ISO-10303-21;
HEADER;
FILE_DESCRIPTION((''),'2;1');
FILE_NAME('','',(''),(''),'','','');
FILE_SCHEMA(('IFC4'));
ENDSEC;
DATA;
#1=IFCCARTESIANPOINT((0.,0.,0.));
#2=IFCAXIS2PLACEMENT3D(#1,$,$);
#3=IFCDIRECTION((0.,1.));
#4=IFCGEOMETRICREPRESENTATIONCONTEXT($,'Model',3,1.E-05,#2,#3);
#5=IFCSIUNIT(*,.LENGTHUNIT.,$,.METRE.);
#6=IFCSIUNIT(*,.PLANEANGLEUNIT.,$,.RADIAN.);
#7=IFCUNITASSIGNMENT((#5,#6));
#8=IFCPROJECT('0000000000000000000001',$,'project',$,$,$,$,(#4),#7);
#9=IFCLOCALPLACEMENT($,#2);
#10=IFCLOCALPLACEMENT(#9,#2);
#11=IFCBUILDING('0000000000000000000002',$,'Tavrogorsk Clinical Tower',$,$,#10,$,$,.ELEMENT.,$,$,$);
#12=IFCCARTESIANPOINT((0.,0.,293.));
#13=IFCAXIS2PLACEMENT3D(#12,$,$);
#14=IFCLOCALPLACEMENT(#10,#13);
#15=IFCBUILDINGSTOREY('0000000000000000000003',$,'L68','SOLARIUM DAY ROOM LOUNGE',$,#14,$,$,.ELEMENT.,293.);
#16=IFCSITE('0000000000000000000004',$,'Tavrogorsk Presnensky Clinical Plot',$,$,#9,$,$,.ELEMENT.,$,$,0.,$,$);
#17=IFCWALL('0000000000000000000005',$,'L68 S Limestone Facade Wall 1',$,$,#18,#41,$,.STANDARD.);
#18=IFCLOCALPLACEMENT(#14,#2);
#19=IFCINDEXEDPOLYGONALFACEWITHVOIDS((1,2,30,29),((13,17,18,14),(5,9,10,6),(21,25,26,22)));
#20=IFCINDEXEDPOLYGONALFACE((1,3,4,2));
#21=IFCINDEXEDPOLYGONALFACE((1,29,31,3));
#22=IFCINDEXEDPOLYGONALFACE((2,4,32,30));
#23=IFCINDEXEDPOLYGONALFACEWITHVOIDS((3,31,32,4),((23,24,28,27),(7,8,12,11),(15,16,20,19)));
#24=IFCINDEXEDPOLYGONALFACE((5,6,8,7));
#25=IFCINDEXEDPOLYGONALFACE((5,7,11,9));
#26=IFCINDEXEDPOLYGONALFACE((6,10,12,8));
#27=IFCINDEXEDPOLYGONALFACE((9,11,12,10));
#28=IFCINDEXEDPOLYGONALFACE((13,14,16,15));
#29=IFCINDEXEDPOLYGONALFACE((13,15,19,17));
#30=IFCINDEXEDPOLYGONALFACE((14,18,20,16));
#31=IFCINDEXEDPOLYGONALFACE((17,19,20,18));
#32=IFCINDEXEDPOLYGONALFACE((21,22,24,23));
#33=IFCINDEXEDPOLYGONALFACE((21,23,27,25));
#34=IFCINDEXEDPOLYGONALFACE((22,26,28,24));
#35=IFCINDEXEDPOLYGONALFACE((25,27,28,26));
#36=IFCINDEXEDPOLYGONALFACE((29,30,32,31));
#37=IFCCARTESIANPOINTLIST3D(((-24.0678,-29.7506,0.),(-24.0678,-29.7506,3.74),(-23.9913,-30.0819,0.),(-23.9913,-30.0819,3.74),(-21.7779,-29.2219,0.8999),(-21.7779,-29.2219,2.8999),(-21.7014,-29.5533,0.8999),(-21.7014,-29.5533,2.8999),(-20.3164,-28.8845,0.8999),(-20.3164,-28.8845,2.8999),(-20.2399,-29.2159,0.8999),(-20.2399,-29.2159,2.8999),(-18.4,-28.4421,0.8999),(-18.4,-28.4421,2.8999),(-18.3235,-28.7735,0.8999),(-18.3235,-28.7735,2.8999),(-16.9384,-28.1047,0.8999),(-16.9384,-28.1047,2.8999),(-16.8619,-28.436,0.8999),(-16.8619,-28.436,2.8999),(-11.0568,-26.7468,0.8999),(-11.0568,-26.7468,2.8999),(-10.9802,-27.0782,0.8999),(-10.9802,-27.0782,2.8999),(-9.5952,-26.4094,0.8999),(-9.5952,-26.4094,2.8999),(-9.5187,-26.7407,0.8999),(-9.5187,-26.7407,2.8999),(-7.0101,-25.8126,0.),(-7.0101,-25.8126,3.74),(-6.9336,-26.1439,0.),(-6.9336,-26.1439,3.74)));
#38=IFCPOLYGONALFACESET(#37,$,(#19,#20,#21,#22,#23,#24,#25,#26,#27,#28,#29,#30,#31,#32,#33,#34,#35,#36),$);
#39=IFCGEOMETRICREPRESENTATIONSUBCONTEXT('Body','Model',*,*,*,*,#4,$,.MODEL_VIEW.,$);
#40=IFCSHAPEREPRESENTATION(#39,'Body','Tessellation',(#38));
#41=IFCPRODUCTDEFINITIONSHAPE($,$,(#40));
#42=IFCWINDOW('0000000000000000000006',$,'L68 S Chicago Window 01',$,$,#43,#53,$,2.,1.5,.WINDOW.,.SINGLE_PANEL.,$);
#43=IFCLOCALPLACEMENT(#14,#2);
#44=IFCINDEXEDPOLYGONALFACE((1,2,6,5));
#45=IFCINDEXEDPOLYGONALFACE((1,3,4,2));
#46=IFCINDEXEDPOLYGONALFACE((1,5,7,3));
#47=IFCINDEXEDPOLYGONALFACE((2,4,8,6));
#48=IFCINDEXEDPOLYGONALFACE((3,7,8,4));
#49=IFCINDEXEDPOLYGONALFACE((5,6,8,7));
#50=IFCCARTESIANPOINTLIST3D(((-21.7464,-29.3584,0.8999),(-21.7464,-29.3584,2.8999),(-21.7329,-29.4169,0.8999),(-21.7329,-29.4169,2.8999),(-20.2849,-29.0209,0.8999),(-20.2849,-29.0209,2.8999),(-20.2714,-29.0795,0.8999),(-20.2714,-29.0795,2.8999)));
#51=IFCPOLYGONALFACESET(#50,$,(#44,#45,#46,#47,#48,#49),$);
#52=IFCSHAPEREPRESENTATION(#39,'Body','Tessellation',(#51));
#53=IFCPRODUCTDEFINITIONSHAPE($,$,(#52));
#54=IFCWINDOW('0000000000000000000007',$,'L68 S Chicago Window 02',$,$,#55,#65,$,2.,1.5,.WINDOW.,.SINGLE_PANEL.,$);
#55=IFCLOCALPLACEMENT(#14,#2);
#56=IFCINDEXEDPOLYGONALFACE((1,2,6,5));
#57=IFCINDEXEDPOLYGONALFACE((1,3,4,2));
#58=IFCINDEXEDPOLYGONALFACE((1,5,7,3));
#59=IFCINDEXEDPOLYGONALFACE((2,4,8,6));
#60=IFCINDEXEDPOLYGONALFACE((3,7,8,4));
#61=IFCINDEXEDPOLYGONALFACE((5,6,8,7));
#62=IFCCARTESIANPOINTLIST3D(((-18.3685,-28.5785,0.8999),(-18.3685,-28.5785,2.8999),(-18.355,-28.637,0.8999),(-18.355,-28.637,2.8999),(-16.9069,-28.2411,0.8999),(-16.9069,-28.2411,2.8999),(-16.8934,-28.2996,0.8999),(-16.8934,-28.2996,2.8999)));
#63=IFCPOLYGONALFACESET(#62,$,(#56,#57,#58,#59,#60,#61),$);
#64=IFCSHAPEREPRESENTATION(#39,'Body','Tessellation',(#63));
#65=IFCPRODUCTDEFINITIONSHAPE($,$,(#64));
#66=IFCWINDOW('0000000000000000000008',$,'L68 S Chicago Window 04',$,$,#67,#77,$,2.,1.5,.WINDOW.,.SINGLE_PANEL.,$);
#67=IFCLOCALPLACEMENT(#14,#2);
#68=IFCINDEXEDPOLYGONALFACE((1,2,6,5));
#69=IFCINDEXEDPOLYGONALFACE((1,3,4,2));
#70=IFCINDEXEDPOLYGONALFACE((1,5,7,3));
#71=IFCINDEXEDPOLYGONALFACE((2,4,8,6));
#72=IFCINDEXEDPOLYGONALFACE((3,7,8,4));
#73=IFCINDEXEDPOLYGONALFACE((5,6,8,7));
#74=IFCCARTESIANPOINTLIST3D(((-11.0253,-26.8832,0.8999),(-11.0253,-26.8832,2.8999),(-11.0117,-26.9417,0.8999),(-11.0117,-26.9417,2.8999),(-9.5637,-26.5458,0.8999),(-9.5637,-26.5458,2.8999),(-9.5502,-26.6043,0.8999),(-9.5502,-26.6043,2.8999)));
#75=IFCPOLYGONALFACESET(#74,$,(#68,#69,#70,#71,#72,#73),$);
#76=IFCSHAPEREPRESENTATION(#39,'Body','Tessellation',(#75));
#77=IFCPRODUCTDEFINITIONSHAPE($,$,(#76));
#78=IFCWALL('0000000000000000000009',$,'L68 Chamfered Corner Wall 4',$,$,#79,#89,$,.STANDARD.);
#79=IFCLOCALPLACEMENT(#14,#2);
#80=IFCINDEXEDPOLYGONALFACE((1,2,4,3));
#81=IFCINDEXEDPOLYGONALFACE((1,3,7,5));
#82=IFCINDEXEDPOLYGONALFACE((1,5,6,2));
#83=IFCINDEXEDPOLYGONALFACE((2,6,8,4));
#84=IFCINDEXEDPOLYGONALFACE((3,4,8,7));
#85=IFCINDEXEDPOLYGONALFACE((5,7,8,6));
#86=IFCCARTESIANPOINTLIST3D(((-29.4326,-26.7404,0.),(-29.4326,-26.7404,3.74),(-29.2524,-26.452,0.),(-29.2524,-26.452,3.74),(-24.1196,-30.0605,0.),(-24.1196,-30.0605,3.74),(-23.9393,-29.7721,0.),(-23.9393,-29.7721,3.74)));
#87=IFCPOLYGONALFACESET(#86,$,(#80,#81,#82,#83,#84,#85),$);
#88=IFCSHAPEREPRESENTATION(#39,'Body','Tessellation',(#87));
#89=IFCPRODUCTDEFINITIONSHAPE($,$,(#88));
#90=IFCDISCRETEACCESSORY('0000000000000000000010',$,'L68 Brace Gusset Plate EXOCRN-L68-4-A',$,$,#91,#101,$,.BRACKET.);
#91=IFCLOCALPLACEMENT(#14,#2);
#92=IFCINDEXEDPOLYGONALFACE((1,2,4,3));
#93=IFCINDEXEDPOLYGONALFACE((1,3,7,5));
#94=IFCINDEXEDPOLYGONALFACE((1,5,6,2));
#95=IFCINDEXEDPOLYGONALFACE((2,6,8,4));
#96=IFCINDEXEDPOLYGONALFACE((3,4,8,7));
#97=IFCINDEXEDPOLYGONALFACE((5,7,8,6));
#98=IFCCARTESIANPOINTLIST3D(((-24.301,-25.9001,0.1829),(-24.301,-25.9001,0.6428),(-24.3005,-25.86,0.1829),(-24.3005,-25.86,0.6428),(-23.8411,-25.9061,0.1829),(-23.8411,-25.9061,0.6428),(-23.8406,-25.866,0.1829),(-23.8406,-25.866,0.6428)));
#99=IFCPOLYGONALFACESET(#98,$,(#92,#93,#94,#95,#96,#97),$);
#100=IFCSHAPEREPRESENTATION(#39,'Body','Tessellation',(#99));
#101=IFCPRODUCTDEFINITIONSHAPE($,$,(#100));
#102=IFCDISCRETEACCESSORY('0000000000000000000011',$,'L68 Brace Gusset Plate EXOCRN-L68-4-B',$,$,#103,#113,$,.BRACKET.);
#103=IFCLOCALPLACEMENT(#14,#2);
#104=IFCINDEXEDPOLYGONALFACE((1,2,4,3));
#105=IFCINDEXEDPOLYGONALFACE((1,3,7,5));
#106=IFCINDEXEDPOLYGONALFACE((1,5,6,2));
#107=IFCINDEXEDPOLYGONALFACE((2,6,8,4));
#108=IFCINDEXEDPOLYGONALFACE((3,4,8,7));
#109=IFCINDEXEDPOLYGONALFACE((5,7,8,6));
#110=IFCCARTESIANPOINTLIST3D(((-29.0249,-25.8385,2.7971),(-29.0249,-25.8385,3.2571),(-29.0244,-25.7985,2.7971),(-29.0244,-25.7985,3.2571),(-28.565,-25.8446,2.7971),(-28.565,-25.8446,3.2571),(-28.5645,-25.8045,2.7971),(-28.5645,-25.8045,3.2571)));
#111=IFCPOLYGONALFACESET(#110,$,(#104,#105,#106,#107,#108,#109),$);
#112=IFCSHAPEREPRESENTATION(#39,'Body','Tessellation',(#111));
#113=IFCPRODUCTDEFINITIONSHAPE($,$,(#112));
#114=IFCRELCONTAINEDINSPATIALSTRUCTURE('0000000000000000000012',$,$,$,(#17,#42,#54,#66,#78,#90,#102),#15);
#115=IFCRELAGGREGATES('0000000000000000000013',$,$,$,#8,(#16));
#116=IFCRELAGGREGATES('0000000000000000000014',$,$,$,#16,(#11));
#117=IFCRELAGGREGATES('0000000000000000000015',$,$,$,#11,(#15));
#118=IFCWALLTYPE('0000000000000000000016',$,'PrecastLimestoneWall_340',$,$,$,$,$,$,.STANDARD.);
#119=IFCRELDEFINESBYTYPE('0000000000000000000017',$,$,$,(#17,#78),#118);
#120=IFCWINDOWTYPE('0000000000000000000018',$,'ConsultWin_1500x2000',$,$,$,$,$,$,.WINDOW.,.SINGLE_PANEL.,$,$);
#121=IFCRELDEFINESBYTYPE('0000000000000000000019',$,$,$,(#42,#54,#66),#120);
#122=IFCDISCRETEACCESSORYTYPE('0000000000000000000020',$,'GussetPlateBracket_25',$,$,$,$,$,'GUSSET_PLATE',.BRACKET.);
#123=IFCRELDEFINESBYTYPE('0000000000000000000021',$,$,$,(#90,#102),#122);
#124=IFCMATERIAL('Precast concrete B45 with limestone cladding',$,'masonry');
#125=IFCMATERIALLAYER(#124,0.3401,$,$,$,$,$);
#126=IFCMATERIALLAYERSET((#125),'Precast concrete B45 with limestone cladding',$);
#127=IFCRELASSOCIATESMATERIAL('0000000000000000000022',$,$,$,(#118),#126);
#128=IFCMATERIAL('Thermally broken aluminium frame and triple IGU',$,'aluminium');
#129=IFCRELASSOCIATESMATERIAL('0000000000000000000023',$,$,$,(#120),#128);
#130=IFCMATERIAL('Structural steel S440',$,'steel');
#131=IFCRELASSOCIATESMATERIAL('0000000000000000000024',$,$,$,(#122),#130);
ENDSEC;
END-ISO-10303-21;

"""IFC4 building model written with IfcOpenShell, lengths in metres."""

from ifc_helpers import new_model, si_unit, direction, frame, frame_2d, origin, origin_2d, place, context, subcontext, project, spatial, rectangle, extrude, material, layer, layer_set, type_object, element, fill, save


model = new_model("IFC4")

# Units and contexts
model_context = context("Model", 3, precision=1e-05, world=origin(), true_north=direction((0.0, 1.0)))
body_context = subcontext(model_context, "Body", "Model", "MODEL_VIEW")
ifc_project = project(units=[si_unit("LENGTHUNIT", "METRE"), si_unit("PLANEANGLEUNIT", "RADIAN")], contexts=[model_context])

# Site, building, storey
site_placement = place(None, origin())
site = spatial("IfcSite", under=ifc_project, at=site_placement, Name="Tavrogorsk Presnensky Clinical Plot", CompositionType="ELEMENT", RefElevation=0.0)
building_placement = place(site_placement, origin())
building = spatial("IfcBuilding", under=site, at=building_placement, Name="Tavrogorsk Clinical Tower", CompositionType="ELEMENT")
storey_placement = place(building_placement, frame((0.0, 0.0, 293.0)))
storey = spatial("IfcBuildingStorey", under=building, at=storey_placement, Name="L68", Description="SOLARIUM DAY ROOM LOUNGE", CompositionType="ELEMENT", Elevation=293.0)

# Wall, openings, windows
ifc_material_1 = material(Name="Precast concrete B45 with limestone cladding", Category="masonry")
ifc_layer_1 = layer(ifc_material_1, 0.3401)
ifc_layer_set_1 = layer_set([ifc_layer_1], Name="Precast concrete B45 with limestone cladding")
wall_type_1 = type_object("IfcWallType", Name="PrecastLimestoneWall_340", PredefinedType="STANDARD", material=ifc_layer_set_1)
wall_1_placement = place(storey_placement, frame((-24.0295, -29.9163, 0.0), z_axis=(0.0, 0.0, 1.0), x_axis=(0.974371, 0.224947, 0.0)))
wall_1 = element("IfcWall", 1, at=wall_1_placement, inside=storey, type_object=wall_type_1, Name="L68 S Limestone Facade Wall 1", PredefinedType="STANDARD", context=body_context, shape_type="SweptSolid", body=[
    extrude(rectangle(XDim=17.5063, YDim=0.3401, at=frame_2d((8.7532, 0.0))), origin(), (0.0, 0.0, 1.0), 3.74),
])
opening_1_placement = place(wall_1_placement, frame((2.3501, 0.0, 0.8999)))
opening_1 = element("IfcOpeningElement", 2, at=opening_1_placement, cuts=wall_1, PredefinedType="OPENING", context=body_context, shape_type="SweptSolid", body=[
    extrude(rectangle(XDim=1.5, YDim=2.0, at=frame_2d((0.75, 1.0))), frame((0.0, 0.1799, 0.0), z_axis=(0.0, -1.0, 0.0), x_axis=(1.0, 0.0, 0.0)), (0.0, 0.0, 1.0), 0.3601),
])
opening_2_placement = place(wall_1_placement, frame((5.8169, 0.0, 0.8999)))
opening_2 = element("IfcOpeningElement", 3, at=opening_2_placement, cuts=wall_1, PredefinedType="OPENING", context=body_context, shape_type="SweptSolid", body=[
    extrude(rectangle(XDim=1.5, YDim=2.0, at=frame_2d((0.75, 1.0))), frame((0.0, 0.1799, 0.0), z_axis=(0.0, -1.0, 0.0), x_axis=(1.0, 0.0, 0.0)), (0.0, 0.0, 1.0), 0.3601),
])
opening_3_placement = place(wall_1_placement, frame((13.3533, 0.0, 0.8999)))
opening_3 = element("IfcOpeningElement", 4, at=opening_3_placement, cuts=wall_1, PredefinedType="OPENING", context=body_context, shape_type="SweptSolid", body=[
    extrude(rectangle(XDim=1.5, YDim=2.0, at=frame_2d((0.75, 1.0))), frame((0.0, 0.1799, 0.0), z_axis=(0.0, -1.0, 0.0), x_axis=(1.0, 0.0, 0.0)), (0.0, 0.0, 1.0), 0.3601),
])
ifc_material_2 = material(Name="Thermally broken aluminium frame and triple IGU", Category="aluminium")
window_type = type_object("IfcWindowType", Name="ConsultWin_1500x2000", PartitioningType="SINGLE_PANEL", PredefinedType="WINDOW", material=ifc_material_2)
window_1_placement = place(opening_1_placement, origin())
window_1 = element("IfcWindow", 5, at=window_1_placement, inside=storey, type_object=window_type, Name="L68 S Chicago Window 01", OverallHeight=2.0, OverallWidth=1.5, PartitioningType="SINGLE_PANEL", PredefinedType="WINDOW", context=body_context, shape_type="SweptSolid", body=[
    extrude(rectangle(XDim=1.5, YDim=2.0, at=frame_2d((0.75, 1.0))), frame((0.0, 0.03, 0.0), z_axis=(0.0, -1.0, 0.0), x_axis=(1.0, 0.0, 0.0)), (0.0, 0.0, 1.0), 0.0601),
])
fill(opening_1, window_1)
window_2_placement = place(opening_2_placement, origin())
window_2 = element("IfcWindow", 6, at=window_2_placement, inside=storey, type_object=window_type, Name="L68 S Chicago Window 02", OverallHeight=2.0, OverallWidth=1.5, PartitioningType="SINGLE_PANEL", PredefinedType="WINDOW", context=body_context, shape_type="SweptSolid", body=[
    extrude(rectangle(XDim=1.5, YDim=2.0, at=frame_2d((0.75, 1.0))), frame((0.0, 0.03, 0.0), z_axis=(0.0, -1.0, 0.0), x_axis=(1.0, 0.0, 0.0)), (0.0, 0.0, 1.0), 0.0601),
])
fill(opening_2, window_2)
window_3_placement = place(opening_3_placement, origin())
window_3 = element("IfcWindow", 7, at=window_3_placement, inside=storey, type_object=window_type, Name="L68 S Chicago Window 04", OverallHeight=2.0, OverallWidth=1.5, PartitioningType="SINGLE_PANEL", PredefinedType="WINDOW", context=body_context, shape_type="SweptSolid", body=[
    extrude(rectangle(XDim=1.5, YDim=2.0, at=frame_2d((0.75, 1.0))), frame((0.0, 0.03, 0.0), z_axis=(0.0, -1.0, 0.0), x_axis=(1.0, 0.0, 0.0)), (0.0, 0.0, 1.0), 0.0601),
])
fill(opening_3, window_3)

# Wall
wall_2_placement = place(storey_placement, frame((-29.3425, -26.5962, 0.0), z_axis=(0.0, 0.0, 1.0), x_axis=(0.848038, -0.529936, 0.0)))
element("IfcWall", 8, at=wall_2_placement, inside=storey, type_object=wall_type_1, Name="L68 Chamfered Corner Wall 4", PredefinedType="STANDARD", context=body_context, shape_type="SweptSolid", body=[
    extrude(rectangle(XDim=6.2651, YDim=0.3401, at=frame_2d((3.1326, 0.0))), origin(), (0.0, 0.0, 1.0), 3.74),
])

# Discrete accessories
ifc_material_3 = material(Name="Structural steel S440", Category="steel")
discrete_accessory_type = type_object("IfcDiscreteAccessoryType", Name="GussetPlateBracket_25", ElementType="GUSSET_PLATE", PredefinedType="BRACKET", material=ifc_material_3)
for number, where, z_axis, x_axis, name in (
    (9, (-24.0708, -25.8831, 0.1829), (0.0, 0.0, 1.0), (-0.999914, 0.01309, 0.0), "L68 Brace Gusset Plate EXOCRN-L68-4-A"),
    (10, (-28.7947, -25.8215, 2.7971), (0.0, 0.0, 1.0), (-0.999914, 0.01309, 0.0), "L68 Brace Gusset Plate EXOCRN-L68-4-B"),
):
    element("IfcDiscreteAccessory", number, at=place(storey_placement, frame(where, z_axis=z_axis, x_axis=x_axis)), inside=storey, type_object=discrete_accessory_type, Name=name, PredefinedType="BRACKET", context=body_context, shape_type="SweptSolid", body=[
        extrude(rectangle(XDim=0.46, YDim=0.04, at=origin_2d()), origin(), (0.0, 0.0, 1.0), 0.46),
    ])

save(model, "model.ifc")
